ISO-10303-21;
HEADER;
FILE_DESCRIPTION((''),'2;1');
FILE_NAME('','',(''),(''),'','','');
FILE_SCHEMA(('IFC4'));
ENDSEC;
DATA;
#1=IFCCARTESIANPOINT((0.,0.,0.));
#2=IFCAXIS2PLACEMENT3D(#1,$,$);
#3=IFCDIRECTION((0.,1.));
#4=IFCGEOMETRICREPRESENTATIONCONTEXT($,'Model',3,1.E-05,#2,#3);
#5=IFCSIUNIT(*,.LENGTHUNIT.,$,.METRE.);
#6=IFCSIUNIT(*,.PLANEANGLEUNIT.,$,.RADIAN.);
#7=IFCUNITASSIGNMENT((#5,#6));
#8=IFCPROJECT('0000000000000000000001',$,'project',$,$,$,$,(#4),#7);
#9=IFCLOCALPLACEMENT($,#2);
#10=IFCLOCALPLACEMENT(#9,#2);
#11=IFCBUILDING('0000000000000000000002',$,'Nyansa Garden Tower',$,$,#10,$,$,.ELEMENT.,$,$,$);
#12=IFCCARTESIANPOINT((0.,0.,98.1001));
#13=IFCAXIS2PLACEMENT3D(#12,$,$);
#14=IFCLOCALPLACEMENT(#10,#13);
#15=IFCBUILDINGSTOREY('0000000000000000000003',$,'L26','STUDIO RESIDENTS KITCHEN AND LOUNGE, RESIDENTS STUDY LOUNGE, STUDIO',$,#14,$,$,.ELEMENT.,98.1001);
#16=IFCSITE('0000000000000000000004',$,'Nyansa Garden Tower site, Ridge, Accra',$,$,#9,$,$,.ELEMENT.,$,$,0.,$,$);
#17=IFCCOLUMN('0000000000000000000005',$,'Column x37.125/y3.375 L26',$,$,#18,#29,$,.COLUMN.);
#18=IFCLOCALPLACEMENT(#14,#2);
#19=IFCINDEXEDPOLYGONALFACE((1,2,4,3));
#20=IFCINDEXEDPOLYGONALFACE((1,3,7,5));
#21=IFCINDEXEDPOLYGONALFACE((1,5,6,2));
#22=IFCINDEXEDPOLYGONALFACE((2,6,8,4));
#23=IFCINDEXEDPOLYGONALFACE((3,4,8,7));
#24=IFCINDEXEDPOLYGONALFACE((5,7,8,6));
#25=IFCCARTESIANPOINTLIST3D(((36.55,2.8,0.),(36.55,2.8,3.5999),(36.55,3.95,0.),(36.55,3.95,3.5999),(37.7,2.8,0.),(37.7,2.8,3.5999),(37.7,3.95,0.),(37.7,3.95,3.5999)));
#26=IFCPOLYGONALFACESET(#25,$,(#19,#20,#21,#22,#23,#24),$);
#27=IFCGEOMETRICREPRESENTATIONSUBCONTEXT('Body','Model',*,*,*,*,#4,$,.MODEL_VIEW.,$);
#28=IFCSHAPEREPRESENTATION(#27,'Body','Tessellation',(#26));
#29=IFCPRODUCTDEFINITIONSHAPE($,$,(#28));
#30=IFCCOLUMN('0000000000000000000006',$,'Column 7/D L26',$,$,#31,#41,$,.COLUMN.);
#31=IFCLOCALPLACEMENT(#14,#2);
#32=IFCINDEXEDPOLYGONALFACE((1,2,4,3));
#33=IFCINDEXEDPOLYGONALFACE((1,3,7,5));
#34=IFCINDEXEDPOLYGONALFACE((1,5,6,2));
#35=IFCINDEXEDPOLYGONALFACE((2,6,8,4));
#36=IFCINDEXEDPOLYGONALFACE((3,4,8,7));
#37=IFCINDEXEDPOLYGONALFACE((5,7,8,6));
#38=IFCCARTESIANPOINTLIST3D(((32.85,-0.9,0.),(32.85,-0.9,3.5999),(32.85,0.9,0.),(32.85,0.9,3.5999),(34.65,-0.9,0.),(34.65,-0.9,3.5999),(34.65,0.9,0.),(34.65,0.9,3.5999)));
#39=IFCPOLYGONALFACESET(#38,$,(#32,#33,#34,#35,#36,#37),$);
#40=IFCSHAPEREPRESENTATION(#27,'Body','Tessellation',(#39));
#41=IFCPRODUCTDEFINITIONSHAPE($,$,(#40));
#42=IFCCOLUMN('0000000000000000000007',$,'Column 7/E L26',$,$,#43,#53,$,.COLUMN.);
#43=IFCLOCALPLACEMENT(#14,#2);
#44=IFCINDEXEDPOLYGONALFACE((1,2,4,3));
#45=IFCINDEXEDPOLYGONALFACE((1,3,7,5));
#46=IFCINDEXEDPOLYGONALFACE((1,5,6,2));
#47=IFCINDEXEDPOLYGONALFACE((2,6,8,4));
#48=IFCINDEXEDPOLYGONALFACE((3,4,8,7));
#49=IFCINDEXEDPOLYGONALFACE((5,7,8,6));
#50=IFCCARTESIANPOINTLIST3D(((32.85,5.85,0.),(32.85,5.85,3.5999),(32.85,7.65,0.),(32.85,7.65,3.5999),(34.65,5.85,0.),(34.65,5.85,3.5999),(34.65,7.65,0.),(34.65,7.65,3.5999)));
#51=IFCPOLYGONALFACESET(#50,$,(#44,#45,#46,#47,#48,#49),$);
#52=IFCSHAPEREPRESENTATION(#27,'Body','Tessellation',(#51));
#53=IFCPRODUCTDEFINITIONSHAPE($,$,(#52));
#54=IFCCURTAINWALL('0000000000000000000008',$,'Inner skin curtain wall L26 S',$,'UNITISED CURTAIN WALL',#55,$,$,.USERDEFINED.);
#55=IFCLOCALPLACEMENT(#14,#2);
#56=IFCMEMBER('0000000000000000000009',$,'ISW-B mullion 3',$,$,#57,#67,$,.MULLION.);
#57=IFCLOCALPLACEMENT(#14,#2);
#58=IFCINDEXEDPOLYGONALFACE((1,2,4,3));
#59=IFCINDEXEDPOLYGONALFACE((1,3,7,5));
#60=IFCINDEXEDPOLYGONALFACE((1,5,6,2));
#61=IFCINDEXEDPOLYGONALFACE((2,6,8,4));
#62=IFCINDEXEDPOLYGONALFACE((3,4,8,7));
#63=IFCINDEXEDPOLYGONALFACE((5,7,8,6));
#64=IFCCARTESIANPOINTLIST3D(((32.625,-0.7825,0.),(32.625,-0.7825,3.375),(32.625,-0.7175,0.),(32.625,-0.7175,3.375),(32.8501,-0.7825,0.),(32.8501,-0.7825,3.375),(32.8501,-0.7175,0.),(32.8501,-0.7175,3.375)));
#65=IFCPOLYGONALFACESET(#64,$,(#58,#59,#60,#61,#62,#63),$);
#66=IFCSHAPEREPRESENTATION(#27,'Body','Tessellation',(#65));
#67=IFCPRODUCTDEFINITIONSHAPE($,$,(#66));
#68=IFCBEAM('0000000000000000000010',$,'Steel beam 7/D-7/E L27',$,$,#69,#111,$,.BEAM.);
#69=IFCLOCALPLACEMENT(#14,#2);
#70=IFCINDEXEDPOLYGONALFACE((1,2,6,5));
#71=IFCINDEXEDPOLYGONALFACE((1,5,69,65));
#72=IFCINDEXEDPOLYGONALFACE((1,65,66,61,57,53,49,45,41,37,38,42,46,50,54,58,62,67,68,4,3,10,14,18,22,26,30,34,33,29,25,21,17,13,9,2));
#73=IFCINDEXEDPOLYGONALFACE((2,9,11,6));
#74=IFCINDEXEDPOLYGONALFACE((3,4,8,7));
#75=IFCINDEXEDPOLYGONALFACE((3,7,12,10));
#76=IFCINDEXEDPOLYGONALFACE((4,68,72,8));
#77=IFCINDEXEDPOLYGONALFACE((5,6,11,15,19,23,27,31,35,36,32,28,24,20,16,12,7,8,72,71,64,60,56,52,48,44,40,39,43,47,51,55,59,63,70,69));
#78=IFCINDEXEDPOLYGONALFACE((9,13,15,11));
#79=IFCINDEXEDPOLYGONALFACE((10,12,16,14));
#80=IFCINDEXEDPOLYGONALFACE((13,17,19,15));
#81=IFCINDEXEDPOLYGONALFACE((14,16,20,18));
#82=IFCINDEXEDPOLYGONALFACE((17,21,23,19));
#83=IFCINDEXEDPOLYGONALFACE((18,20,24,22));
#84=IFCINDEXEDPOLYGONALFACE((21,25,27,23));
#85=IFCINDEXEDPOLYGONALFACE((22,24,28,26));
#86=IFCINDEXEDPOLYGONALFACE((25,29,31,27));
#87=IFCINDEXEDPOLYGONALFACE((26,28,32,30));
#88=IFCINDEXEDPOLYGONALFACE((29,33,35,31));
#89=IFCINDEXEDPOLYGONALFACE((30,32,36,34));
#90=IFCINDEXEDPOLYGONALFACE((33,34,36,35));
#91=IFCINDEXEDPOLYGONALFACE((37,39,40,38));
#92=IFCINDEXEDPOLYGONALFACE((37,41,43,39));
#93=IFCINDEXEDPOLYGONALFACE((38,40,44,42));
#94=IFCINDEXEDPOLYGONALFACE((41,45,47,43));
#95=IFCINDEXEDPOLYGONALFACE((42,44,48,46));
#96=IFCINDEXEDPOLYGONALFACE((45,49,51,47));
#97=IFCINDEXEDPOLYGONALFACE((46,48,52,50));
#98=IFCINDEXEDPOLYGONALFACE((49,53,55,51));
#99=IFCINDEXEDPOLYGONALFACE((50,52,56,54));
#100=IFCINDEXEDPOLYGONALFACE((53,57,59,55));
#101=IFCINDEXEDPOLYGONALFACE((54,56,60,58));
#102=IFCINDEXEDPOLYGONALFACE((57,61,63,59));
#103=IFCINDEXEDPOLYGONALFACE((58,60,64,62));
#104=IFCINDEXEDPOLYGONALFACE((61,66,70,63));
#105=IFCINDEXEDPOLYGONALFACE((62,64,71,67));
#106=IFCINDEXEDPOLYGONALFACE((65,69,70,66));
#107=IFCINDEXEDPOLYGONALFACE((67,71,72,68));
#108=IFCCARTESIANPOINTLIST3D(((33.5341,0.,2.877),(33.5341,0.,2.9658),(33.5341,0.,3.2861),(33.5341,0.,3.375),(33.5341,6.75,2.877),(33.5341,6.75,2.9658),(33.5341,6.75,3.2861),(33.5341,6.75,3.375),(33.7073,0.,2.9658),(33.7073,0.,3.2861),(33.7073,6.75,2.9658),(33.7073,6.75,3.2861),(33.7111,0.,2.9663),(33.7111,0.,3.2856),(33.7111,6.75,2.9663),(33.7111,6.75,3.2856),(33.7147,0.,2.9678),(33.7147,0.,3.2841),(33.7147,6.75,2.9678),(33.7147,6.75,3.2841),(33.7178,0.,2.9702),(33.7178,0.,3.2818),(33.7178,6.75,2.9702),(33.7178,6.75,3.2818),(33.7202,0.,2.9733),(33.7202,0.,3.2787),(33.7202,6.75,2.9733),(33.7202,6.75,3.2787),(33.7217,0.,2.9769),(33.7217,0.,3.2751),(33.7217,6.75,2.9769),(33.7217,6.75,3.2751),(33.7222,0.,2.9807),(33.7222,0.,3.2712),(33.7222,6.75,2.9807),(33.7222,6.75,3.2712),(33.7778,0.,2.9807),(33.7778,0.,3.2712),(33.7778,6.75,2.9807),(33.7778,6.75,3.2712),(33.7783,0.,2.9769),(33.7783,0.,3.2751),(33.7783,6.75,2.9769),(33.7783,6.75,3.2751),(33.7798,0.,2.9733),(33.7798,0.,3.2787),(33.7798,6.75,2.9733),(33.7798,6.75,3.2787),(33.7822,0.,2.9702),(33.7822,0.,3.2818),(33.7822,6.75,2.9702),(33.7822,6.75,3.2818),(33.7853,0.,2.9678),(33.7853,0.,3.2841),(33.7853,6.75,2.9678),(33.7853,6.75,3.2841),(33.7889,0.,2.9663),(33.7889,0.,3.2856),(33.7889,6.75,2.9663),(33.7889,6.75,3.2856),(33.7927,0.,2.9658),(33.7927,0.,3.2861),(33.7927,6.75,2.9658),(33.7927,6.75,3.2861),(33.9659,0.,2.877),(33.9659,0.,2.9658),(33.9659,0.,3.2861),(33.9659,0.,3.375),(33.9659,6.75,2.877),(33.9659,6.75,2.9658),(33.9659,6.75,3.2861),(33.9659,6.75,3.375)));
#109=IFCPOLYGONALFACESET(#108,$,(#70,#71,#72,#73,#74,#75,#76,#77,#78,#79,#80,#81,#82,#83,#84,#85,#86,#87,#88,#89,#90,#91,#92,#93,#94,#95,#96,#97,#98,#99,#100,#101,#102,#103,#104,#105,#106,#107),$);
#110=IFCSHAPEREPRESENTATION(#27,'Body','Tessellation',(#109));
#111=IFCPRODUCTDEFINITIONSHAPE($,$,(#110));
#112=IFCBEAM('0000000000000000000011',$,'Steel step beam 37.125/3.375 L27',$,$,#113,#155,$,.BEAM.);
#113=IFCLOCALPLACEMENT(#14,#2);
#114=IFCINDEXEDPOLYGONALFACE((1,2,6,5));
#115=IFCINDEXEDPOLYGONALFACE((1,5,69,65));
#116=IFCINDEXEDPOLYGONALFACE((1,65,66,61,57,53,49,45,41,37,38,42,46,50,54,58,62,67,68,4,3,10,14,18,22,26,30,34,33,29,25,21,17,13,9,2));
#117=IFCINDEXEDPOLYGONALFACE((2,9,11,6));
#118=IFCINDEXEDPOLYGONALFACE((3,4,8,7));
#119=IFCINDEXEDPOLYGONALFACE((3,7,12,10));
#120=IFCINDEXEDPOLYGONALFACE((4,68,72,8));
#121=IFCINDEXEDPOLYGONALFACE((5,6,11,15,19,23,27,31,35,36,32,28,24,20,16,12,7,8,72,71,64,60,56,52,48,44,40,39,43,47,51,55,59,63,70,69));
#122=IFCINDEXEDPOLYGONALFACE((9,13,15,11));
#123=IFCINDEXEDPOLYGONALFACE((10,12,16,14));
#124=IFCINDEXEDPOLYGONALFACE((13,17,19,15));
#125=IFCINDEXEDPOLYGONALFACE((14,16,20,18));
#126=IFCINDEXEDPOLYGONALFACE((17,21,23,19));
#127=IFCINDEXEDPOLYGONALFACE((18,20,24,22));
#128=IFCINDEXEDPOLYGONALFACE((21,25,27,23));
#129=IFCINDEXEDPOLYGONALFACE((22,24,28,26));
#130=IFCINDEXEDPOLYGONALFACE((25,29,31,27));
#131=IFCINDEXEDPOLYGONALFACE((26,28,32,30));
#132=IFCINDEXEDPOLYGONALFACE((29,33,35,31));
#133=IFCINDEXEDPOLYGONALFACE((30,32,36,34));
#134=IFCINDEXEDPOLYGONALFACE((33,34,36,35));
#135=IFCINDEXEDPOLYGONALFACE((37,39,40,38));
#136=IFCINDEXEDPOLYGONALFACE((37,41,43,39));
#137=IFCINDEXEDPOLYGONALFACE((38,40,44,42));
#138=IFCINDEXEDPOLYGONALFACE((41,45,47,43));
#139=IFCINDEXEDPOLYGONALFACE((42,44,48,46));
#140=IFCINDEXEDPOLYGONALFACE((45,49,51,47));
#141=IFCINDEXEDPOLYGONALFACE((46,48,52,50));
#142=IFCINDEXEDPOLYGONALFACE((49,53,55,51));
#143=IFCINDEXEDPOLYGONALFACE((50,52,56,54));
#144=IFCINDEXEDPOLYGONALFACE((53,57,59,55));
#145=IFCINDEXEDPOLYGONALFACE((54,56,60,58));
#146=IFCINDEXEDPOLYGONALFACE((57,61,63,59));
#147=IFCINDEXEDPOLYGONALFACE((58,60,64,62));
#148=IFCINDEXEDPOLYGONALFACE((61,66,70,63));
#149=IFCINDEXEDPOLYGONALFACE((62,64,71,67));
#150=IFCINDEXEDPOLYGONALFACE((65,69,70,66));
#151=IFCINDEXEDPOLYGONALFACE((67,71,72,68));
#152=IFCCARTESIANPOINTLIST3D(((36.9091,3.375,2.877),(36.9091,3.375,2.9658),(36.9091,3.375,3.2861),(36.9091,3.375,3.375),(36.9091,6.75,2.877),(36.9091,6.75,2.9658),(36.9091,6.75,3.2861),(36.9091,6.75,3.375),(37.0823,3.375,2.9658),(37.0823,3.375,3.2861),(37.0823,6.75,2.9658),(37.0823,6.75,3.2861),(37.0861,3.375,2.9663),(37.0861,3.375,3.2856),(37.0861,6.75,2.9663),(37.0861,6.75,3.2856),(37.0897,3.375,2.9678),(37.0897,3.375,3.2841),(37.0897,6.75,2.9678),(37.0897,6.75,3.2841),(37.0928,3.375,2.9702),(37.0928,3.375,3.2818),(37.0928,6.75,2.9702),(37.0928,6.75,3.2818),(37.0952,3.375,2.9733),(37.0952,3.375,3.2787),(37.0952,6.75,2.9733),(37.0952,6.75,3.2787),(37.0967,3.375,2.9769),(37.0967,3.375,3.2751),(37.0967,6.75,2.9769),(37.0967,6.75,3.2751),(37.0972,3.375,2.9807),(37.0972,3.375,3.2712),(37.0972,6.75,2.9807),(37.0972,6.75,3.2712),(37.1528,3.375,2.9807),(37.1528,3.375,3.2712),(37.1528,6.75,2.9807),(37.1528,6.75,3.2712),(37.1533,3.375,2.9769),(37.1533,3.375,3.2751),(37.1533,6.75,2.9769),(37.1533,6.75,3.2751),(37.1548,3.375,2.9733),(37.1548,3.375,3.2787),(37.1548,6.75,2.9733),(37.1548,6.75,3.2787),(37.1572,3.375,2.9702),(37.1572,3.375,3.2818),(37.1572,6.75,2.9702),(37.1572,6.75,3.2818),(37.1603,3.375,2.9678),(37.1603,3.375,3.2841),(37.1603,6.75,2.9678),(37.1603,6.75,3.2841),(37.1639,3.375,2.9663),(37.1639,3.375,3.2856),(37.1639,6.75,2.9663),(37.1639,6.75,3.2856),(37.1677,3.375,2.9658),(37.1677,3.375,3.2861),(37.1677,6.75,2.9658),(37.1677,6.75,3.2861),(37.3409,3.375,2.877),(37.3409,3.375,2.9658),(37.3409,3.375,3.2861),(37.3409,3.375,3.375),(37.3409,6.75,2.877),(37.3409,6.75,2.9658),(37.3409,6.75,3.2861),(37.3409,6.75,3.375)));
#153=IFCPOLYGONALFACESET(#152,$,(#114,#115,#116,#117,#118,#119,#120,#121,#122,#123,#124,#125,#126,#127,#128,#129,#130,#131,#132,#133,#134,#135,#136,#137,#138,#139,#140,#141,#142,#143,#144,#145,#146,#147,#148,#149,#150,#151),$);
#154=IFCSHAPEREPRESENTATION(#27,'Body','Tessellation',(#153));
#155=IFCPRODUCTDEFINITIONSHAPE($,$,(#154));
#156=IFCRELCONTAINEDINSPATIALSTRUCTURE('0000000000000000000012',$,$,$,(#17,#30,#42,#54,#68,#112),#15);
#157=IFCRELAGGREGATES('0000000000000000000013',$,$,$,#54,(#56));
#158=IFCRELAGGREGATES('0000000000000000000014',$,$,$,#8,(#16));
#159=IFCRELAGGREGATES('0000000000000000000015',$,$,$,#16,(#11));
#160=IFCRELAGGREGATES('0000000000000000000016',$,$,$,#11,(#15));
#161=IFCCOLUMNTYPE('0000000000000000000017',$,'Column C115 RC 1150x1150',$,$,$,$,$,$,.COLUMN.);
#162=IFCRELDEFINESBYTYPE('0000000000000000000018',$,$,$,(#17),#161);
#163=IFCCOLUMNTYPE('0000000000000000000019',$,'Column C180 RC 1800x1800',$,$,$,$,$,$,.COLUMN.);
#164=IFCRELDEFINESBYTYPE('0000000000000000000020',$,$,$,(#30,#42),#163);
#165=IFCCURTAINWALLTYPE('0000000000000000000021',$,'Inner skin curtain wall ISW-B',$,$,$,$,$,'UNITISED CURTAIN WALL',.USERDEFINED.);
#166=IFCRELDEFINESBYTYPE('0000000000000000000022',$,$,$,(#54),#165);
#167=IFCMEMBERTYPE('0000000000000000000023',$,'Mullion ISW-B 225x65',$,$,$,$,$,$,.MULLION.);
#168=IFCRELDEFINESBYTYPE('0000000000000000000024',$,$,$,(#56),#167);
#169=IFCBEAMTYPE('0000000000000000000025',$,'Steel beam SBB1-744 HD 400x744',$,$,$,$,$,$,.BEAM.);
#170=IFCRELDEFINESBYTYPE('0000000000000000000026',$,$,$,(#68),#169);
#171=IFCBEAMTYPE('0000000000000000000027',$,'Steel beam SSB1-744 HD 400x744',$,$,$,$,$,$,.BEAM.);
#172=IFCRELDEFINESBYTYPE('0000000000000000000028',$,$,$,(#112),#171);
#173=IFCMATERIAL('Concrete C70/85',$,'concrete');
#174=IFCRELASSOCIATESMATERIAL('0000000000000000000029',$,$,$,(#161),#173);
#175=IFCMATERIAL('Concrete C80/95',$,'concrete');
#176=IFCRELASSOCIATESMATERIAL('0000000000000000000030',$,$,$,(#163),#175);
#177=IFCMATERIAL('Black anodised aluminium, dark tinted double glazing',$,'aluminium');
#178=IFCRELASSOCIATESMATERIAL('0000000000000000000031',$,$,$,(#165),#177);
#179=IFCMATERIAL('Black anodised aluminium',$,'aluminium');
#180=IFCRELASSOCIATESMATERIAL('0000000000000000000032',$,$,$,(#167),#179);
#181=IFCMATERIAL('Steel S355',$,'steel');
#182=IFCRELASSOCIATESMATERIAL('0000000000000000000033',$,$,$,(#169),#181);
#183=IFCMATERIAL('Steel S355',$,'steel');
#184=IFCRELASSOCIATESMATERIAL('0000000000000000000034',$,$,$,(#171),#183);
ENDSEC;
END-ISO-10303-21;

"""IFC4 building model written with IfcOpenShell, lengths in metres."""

from ifc_helpers import new_model, si_unit, direction, frame, origin, origin_2d, place, context, subcontext, project, spatial, rectangle, i_section, extrude, material, material_profile, profile_set, type_object, element, aggregate, save


model = new_model("IFC4")

# Units and contexts
model_context = context("Model", 3, precision=1e-05, world=origin(), true_north=direction((0.0, 1.0)))
body_context = subcontext(model_context, "Body", "Model", "MODEL_VIEW")
ifc_project = project(units=[si_unit("LENGTHUNIT", "METRE"), si_unit("PLANEANGLEUNIT", "RADIAN")], contexts=[model_context])

# Site, building, storey
site_placement = place(None, origin())
site = spatial("IfcSite", under=ifc_project, at=site_placement, Name="Nyansa Garden Tower site, Ridge, Accra", CompositionType="ELEMENT", RefElevation=0.0)
building_placement = place(site_placement, origin())
building = spatial("IfcBuilding", under=site, at=building_placement, Name="Nyansa Garden Tower", CompositionType="ELEMENT")
storey_placement = place(building_placement, frame((0.0, 0.0, 98.1001)))
storey = spatial("IfcBuildingStorey", under=building, at=storey_placement, Name="L26", Description="STUDIO RESIDENTS KITCHEN AND LOUNGE, RESIDENTS STUDY LOUNGE, STUDIO", CompositionType="ELEMENT", Elevation=98.1001)

# Columns
ifc_material_1 = material(Name="Concrete C70/85", Category="concrete")
ifc_material_profile_1 = material_profile(ifc_material_1, rectangle(XDim=1.1499, YDim=1.1499, at=origin_2d()), Name="RC 1150x1150")
ifc_profile_set_1 = profile_set([ifc_material_profile_1], Name="Concrete C70/85")
column_type_1 = type_object("IfcColumnType", Name="Column C115 RC 1150x1150", PredefinedType="COLUMN", material=ifc_profile_set_1)
column_placement = place(storey_placement, frame((37.125, 3.375, 0.0), z_axis=(0.0, 0.0, 1.0), x_axis=(1.0, 0.0, 0.0)))
element("IfcColumn", 1, at=column_placement, inside=storey, type_object=column_type_1, Name="Column x37.125/y3.375 L26", PredefinedType="COLUMN", context=body_context, shape_type="SweptSolid", body=[
    extrude(rectangle(XDim=1.1499, YDim=1.1499, at=origin_2d()), origin(), (0.0, 0.0, 1.0), 3.5999),
])
ifc_material_2 = material(Name="Concrete C80/95", Category="concrete")
ifc_material_profile_2 = material_profile(ifc_material_2, rectangle(XDim=1.8, YDim=1.8, at=origin_2d()), Name="RC 1800x1800")
ifc_profile_set_2 = profile_set([ifc_material_profile_2], Name="Concrete C80/95")
column_type_2 = type_object("IfcColumnType", Name="Column C180 RC 1800x1800", PredefinedType="COLUMN", material=ifc_profile_set_2)
for number, where, z_axis, x_axis, name in (
    (2, (33.75, 0.0, 0.0), (0.0, 0.0, 1.0), (1.0, 0.0, 0.0), "Column 7/D L26"),
    (3, (33.75, 6.75, 0.0), (0.0, 0.0, 1.0), (1.0, 0.0, 0.0), "Column 7/E L26"),
):
    element("IfcColumn", number, at=place(storey_placement, frame(where, z_axis=z_axis, x_axis=x_axis)), inside=storey, type_object=column_type_2, Name=name, PredefinedType="COLUMN", context=body_context, shape_type="SweptSolid", body=[
        extrude(rectangle(XDim=1.8, YDim=1.8, at=origin_2d()), origin(), (0.0, 0.0, 1.0), 3.5999),
    ])

# Curtain wall, member
ifc_material_3 = material(Name="Black anodised aluminium, dark tinted double glazing", Category="aluminium")
curtain_wall_type = type_object("IfcCurtainWallType", Name="Inner skin curtain wall ISW-B", ElementType="UNITISED CURTAIN WALL", PredefinedType="USERDEFINED", material=ifc_material_3)
curtain_wall_placement = place(storey_placement, origin())
curtain_wall = element("IfcCurtainWall", 4, at=curtain_wall_placement, inside=storey, type_object=curtain_wall_type, Name="Inner skin curtain wall L26 S", ObjectType="UNITISED CURTAIN WALL", PredefinedType="USERDEFINED")
ifc_material_4 = material(Name="Black anodised aluminium", Category="aluminium")
ifc_material_profile_3 = material_profile(ifc_material_4, rectangle(XDim=0.0649, YDim=0.2251, at=origin_2d()), Name="Mullion 225x65")
ifc_profile_set_3 = profile_set([ifc_material_profile_3], Name="Black anodised aluminium")
member_type = type_object("IfcMemberType", Name="Mullion ISW-B 225x65", PredefinedType="MULLION", material=ifc_profile_set_3)
member_placement = place(storey_placement, frame((32.7375, -0.75, 0.0), z_axis=(0.0, 0.0, 1.0), x_axis=(0.0, 1.0, 0.0)))
member = element("IfcMember", 5, at=member_placement, type_object=member_type, Name="ISW-B mullion 3", PredefinedType="MULLION", context=body_context, shape_type="SweptSolid", body=[
    extrude(rectangle(XDim=0.0649, YDim=0.2251, at=origin_2d()), origin(), (0.0, 0.0, 1.0), 3.375),
])

# Beams
ifc_material_5 = material(Name="Steel S355", Category="steel")
ifc_material_profile_4 = material_profile(ifc_material_5, i_section(OverallWidth=0.4319, OverallDepth=0.498, WebThickness=0.0557, FlangeThickness=0.0889, FilletRadius=0.0149, at=origin_2d()), Name="HD 400x744")
ifc_profile_set_4 = profile_set([ifc_material_profile_4], Name="Steel S355")
beam_type_1 = type_object("IfcBeamType", Name="Steel beam SBB1-744 HD 400x744", PredefinedType="BEAM", material=ifc_profile_set_4)
beam_placement = place(storey_placement, frame((33.75, 0.0, 3.126), z_axis=(0.0, 1.0, 0.0), x_axis=(-1.0, 0.0, 0.0)))
element("IfcBeam", 6, at=beam_placement, inside=storey, type_object=beam_type_1, Name="Steel beam 7/D-7/E L27", PredefinedType="BEAM", context=body_context, shape_type="SweptSolid", body=[
    extrude(i_section(OverallWidth=0.4319, OverallDepth=0.498, WebThickness=0.0557, FlangeThickness=0.0889, FilletRadius=0.0149, at=origin_2d()), origin(), (0.0, 0.0, 1.0), 6.75),
])
ifc_material_6 = material(Name="Steel S355", Category="steel")
ifc_material_profile_5 = material_profile(ifc_material_6, i_section(OverallWidth=0.4319, OverallDepth=0.498, WebThickness=0.0557, FlangeThickness=0.0889, FilletRadius=0.0149, at=origin_2d()), Name="HD 400x744")
ifc_profile_set_5 = profile_set([ifc_material_profile_5], Name="Steel S355")
beam_type_2 = type_object("IfcBeamType", Name="Steel beam SSB1-744 HD 400x744", PredefinedType="BEAM", material=ifc_profile_set_5)
for number, where, z_axis, x_axis, name in (
    (7, (37.125, 3.375, 3.126), (0.0, 1.0, 0.0), (-1.0, 0.0, 0.0), "Steel step beam 37.125/3.375 L27"),
):
    element("IfcBeam", number, at=place(storey_placement, frame(where, z_axis=z_axis, x_axis=x_axis)), inside=storey, type_object=beam_type_2, Name=name, PredefinedType="BEAM", context=body_context, shape_type="SweptSolid", body=[
        extrude(i_section(OverallWidth=0.4319, OverallDepth=0.498, WebThickness=0.0557, FlangeThickness=0.0889, FilletRadius=0.0149, at=origin_2d()), origin(), (0.0, 0.0, 1.0), 3.375),
    ])

aggregate(curtain_wall, [member])

save(model, "model.ifc")
